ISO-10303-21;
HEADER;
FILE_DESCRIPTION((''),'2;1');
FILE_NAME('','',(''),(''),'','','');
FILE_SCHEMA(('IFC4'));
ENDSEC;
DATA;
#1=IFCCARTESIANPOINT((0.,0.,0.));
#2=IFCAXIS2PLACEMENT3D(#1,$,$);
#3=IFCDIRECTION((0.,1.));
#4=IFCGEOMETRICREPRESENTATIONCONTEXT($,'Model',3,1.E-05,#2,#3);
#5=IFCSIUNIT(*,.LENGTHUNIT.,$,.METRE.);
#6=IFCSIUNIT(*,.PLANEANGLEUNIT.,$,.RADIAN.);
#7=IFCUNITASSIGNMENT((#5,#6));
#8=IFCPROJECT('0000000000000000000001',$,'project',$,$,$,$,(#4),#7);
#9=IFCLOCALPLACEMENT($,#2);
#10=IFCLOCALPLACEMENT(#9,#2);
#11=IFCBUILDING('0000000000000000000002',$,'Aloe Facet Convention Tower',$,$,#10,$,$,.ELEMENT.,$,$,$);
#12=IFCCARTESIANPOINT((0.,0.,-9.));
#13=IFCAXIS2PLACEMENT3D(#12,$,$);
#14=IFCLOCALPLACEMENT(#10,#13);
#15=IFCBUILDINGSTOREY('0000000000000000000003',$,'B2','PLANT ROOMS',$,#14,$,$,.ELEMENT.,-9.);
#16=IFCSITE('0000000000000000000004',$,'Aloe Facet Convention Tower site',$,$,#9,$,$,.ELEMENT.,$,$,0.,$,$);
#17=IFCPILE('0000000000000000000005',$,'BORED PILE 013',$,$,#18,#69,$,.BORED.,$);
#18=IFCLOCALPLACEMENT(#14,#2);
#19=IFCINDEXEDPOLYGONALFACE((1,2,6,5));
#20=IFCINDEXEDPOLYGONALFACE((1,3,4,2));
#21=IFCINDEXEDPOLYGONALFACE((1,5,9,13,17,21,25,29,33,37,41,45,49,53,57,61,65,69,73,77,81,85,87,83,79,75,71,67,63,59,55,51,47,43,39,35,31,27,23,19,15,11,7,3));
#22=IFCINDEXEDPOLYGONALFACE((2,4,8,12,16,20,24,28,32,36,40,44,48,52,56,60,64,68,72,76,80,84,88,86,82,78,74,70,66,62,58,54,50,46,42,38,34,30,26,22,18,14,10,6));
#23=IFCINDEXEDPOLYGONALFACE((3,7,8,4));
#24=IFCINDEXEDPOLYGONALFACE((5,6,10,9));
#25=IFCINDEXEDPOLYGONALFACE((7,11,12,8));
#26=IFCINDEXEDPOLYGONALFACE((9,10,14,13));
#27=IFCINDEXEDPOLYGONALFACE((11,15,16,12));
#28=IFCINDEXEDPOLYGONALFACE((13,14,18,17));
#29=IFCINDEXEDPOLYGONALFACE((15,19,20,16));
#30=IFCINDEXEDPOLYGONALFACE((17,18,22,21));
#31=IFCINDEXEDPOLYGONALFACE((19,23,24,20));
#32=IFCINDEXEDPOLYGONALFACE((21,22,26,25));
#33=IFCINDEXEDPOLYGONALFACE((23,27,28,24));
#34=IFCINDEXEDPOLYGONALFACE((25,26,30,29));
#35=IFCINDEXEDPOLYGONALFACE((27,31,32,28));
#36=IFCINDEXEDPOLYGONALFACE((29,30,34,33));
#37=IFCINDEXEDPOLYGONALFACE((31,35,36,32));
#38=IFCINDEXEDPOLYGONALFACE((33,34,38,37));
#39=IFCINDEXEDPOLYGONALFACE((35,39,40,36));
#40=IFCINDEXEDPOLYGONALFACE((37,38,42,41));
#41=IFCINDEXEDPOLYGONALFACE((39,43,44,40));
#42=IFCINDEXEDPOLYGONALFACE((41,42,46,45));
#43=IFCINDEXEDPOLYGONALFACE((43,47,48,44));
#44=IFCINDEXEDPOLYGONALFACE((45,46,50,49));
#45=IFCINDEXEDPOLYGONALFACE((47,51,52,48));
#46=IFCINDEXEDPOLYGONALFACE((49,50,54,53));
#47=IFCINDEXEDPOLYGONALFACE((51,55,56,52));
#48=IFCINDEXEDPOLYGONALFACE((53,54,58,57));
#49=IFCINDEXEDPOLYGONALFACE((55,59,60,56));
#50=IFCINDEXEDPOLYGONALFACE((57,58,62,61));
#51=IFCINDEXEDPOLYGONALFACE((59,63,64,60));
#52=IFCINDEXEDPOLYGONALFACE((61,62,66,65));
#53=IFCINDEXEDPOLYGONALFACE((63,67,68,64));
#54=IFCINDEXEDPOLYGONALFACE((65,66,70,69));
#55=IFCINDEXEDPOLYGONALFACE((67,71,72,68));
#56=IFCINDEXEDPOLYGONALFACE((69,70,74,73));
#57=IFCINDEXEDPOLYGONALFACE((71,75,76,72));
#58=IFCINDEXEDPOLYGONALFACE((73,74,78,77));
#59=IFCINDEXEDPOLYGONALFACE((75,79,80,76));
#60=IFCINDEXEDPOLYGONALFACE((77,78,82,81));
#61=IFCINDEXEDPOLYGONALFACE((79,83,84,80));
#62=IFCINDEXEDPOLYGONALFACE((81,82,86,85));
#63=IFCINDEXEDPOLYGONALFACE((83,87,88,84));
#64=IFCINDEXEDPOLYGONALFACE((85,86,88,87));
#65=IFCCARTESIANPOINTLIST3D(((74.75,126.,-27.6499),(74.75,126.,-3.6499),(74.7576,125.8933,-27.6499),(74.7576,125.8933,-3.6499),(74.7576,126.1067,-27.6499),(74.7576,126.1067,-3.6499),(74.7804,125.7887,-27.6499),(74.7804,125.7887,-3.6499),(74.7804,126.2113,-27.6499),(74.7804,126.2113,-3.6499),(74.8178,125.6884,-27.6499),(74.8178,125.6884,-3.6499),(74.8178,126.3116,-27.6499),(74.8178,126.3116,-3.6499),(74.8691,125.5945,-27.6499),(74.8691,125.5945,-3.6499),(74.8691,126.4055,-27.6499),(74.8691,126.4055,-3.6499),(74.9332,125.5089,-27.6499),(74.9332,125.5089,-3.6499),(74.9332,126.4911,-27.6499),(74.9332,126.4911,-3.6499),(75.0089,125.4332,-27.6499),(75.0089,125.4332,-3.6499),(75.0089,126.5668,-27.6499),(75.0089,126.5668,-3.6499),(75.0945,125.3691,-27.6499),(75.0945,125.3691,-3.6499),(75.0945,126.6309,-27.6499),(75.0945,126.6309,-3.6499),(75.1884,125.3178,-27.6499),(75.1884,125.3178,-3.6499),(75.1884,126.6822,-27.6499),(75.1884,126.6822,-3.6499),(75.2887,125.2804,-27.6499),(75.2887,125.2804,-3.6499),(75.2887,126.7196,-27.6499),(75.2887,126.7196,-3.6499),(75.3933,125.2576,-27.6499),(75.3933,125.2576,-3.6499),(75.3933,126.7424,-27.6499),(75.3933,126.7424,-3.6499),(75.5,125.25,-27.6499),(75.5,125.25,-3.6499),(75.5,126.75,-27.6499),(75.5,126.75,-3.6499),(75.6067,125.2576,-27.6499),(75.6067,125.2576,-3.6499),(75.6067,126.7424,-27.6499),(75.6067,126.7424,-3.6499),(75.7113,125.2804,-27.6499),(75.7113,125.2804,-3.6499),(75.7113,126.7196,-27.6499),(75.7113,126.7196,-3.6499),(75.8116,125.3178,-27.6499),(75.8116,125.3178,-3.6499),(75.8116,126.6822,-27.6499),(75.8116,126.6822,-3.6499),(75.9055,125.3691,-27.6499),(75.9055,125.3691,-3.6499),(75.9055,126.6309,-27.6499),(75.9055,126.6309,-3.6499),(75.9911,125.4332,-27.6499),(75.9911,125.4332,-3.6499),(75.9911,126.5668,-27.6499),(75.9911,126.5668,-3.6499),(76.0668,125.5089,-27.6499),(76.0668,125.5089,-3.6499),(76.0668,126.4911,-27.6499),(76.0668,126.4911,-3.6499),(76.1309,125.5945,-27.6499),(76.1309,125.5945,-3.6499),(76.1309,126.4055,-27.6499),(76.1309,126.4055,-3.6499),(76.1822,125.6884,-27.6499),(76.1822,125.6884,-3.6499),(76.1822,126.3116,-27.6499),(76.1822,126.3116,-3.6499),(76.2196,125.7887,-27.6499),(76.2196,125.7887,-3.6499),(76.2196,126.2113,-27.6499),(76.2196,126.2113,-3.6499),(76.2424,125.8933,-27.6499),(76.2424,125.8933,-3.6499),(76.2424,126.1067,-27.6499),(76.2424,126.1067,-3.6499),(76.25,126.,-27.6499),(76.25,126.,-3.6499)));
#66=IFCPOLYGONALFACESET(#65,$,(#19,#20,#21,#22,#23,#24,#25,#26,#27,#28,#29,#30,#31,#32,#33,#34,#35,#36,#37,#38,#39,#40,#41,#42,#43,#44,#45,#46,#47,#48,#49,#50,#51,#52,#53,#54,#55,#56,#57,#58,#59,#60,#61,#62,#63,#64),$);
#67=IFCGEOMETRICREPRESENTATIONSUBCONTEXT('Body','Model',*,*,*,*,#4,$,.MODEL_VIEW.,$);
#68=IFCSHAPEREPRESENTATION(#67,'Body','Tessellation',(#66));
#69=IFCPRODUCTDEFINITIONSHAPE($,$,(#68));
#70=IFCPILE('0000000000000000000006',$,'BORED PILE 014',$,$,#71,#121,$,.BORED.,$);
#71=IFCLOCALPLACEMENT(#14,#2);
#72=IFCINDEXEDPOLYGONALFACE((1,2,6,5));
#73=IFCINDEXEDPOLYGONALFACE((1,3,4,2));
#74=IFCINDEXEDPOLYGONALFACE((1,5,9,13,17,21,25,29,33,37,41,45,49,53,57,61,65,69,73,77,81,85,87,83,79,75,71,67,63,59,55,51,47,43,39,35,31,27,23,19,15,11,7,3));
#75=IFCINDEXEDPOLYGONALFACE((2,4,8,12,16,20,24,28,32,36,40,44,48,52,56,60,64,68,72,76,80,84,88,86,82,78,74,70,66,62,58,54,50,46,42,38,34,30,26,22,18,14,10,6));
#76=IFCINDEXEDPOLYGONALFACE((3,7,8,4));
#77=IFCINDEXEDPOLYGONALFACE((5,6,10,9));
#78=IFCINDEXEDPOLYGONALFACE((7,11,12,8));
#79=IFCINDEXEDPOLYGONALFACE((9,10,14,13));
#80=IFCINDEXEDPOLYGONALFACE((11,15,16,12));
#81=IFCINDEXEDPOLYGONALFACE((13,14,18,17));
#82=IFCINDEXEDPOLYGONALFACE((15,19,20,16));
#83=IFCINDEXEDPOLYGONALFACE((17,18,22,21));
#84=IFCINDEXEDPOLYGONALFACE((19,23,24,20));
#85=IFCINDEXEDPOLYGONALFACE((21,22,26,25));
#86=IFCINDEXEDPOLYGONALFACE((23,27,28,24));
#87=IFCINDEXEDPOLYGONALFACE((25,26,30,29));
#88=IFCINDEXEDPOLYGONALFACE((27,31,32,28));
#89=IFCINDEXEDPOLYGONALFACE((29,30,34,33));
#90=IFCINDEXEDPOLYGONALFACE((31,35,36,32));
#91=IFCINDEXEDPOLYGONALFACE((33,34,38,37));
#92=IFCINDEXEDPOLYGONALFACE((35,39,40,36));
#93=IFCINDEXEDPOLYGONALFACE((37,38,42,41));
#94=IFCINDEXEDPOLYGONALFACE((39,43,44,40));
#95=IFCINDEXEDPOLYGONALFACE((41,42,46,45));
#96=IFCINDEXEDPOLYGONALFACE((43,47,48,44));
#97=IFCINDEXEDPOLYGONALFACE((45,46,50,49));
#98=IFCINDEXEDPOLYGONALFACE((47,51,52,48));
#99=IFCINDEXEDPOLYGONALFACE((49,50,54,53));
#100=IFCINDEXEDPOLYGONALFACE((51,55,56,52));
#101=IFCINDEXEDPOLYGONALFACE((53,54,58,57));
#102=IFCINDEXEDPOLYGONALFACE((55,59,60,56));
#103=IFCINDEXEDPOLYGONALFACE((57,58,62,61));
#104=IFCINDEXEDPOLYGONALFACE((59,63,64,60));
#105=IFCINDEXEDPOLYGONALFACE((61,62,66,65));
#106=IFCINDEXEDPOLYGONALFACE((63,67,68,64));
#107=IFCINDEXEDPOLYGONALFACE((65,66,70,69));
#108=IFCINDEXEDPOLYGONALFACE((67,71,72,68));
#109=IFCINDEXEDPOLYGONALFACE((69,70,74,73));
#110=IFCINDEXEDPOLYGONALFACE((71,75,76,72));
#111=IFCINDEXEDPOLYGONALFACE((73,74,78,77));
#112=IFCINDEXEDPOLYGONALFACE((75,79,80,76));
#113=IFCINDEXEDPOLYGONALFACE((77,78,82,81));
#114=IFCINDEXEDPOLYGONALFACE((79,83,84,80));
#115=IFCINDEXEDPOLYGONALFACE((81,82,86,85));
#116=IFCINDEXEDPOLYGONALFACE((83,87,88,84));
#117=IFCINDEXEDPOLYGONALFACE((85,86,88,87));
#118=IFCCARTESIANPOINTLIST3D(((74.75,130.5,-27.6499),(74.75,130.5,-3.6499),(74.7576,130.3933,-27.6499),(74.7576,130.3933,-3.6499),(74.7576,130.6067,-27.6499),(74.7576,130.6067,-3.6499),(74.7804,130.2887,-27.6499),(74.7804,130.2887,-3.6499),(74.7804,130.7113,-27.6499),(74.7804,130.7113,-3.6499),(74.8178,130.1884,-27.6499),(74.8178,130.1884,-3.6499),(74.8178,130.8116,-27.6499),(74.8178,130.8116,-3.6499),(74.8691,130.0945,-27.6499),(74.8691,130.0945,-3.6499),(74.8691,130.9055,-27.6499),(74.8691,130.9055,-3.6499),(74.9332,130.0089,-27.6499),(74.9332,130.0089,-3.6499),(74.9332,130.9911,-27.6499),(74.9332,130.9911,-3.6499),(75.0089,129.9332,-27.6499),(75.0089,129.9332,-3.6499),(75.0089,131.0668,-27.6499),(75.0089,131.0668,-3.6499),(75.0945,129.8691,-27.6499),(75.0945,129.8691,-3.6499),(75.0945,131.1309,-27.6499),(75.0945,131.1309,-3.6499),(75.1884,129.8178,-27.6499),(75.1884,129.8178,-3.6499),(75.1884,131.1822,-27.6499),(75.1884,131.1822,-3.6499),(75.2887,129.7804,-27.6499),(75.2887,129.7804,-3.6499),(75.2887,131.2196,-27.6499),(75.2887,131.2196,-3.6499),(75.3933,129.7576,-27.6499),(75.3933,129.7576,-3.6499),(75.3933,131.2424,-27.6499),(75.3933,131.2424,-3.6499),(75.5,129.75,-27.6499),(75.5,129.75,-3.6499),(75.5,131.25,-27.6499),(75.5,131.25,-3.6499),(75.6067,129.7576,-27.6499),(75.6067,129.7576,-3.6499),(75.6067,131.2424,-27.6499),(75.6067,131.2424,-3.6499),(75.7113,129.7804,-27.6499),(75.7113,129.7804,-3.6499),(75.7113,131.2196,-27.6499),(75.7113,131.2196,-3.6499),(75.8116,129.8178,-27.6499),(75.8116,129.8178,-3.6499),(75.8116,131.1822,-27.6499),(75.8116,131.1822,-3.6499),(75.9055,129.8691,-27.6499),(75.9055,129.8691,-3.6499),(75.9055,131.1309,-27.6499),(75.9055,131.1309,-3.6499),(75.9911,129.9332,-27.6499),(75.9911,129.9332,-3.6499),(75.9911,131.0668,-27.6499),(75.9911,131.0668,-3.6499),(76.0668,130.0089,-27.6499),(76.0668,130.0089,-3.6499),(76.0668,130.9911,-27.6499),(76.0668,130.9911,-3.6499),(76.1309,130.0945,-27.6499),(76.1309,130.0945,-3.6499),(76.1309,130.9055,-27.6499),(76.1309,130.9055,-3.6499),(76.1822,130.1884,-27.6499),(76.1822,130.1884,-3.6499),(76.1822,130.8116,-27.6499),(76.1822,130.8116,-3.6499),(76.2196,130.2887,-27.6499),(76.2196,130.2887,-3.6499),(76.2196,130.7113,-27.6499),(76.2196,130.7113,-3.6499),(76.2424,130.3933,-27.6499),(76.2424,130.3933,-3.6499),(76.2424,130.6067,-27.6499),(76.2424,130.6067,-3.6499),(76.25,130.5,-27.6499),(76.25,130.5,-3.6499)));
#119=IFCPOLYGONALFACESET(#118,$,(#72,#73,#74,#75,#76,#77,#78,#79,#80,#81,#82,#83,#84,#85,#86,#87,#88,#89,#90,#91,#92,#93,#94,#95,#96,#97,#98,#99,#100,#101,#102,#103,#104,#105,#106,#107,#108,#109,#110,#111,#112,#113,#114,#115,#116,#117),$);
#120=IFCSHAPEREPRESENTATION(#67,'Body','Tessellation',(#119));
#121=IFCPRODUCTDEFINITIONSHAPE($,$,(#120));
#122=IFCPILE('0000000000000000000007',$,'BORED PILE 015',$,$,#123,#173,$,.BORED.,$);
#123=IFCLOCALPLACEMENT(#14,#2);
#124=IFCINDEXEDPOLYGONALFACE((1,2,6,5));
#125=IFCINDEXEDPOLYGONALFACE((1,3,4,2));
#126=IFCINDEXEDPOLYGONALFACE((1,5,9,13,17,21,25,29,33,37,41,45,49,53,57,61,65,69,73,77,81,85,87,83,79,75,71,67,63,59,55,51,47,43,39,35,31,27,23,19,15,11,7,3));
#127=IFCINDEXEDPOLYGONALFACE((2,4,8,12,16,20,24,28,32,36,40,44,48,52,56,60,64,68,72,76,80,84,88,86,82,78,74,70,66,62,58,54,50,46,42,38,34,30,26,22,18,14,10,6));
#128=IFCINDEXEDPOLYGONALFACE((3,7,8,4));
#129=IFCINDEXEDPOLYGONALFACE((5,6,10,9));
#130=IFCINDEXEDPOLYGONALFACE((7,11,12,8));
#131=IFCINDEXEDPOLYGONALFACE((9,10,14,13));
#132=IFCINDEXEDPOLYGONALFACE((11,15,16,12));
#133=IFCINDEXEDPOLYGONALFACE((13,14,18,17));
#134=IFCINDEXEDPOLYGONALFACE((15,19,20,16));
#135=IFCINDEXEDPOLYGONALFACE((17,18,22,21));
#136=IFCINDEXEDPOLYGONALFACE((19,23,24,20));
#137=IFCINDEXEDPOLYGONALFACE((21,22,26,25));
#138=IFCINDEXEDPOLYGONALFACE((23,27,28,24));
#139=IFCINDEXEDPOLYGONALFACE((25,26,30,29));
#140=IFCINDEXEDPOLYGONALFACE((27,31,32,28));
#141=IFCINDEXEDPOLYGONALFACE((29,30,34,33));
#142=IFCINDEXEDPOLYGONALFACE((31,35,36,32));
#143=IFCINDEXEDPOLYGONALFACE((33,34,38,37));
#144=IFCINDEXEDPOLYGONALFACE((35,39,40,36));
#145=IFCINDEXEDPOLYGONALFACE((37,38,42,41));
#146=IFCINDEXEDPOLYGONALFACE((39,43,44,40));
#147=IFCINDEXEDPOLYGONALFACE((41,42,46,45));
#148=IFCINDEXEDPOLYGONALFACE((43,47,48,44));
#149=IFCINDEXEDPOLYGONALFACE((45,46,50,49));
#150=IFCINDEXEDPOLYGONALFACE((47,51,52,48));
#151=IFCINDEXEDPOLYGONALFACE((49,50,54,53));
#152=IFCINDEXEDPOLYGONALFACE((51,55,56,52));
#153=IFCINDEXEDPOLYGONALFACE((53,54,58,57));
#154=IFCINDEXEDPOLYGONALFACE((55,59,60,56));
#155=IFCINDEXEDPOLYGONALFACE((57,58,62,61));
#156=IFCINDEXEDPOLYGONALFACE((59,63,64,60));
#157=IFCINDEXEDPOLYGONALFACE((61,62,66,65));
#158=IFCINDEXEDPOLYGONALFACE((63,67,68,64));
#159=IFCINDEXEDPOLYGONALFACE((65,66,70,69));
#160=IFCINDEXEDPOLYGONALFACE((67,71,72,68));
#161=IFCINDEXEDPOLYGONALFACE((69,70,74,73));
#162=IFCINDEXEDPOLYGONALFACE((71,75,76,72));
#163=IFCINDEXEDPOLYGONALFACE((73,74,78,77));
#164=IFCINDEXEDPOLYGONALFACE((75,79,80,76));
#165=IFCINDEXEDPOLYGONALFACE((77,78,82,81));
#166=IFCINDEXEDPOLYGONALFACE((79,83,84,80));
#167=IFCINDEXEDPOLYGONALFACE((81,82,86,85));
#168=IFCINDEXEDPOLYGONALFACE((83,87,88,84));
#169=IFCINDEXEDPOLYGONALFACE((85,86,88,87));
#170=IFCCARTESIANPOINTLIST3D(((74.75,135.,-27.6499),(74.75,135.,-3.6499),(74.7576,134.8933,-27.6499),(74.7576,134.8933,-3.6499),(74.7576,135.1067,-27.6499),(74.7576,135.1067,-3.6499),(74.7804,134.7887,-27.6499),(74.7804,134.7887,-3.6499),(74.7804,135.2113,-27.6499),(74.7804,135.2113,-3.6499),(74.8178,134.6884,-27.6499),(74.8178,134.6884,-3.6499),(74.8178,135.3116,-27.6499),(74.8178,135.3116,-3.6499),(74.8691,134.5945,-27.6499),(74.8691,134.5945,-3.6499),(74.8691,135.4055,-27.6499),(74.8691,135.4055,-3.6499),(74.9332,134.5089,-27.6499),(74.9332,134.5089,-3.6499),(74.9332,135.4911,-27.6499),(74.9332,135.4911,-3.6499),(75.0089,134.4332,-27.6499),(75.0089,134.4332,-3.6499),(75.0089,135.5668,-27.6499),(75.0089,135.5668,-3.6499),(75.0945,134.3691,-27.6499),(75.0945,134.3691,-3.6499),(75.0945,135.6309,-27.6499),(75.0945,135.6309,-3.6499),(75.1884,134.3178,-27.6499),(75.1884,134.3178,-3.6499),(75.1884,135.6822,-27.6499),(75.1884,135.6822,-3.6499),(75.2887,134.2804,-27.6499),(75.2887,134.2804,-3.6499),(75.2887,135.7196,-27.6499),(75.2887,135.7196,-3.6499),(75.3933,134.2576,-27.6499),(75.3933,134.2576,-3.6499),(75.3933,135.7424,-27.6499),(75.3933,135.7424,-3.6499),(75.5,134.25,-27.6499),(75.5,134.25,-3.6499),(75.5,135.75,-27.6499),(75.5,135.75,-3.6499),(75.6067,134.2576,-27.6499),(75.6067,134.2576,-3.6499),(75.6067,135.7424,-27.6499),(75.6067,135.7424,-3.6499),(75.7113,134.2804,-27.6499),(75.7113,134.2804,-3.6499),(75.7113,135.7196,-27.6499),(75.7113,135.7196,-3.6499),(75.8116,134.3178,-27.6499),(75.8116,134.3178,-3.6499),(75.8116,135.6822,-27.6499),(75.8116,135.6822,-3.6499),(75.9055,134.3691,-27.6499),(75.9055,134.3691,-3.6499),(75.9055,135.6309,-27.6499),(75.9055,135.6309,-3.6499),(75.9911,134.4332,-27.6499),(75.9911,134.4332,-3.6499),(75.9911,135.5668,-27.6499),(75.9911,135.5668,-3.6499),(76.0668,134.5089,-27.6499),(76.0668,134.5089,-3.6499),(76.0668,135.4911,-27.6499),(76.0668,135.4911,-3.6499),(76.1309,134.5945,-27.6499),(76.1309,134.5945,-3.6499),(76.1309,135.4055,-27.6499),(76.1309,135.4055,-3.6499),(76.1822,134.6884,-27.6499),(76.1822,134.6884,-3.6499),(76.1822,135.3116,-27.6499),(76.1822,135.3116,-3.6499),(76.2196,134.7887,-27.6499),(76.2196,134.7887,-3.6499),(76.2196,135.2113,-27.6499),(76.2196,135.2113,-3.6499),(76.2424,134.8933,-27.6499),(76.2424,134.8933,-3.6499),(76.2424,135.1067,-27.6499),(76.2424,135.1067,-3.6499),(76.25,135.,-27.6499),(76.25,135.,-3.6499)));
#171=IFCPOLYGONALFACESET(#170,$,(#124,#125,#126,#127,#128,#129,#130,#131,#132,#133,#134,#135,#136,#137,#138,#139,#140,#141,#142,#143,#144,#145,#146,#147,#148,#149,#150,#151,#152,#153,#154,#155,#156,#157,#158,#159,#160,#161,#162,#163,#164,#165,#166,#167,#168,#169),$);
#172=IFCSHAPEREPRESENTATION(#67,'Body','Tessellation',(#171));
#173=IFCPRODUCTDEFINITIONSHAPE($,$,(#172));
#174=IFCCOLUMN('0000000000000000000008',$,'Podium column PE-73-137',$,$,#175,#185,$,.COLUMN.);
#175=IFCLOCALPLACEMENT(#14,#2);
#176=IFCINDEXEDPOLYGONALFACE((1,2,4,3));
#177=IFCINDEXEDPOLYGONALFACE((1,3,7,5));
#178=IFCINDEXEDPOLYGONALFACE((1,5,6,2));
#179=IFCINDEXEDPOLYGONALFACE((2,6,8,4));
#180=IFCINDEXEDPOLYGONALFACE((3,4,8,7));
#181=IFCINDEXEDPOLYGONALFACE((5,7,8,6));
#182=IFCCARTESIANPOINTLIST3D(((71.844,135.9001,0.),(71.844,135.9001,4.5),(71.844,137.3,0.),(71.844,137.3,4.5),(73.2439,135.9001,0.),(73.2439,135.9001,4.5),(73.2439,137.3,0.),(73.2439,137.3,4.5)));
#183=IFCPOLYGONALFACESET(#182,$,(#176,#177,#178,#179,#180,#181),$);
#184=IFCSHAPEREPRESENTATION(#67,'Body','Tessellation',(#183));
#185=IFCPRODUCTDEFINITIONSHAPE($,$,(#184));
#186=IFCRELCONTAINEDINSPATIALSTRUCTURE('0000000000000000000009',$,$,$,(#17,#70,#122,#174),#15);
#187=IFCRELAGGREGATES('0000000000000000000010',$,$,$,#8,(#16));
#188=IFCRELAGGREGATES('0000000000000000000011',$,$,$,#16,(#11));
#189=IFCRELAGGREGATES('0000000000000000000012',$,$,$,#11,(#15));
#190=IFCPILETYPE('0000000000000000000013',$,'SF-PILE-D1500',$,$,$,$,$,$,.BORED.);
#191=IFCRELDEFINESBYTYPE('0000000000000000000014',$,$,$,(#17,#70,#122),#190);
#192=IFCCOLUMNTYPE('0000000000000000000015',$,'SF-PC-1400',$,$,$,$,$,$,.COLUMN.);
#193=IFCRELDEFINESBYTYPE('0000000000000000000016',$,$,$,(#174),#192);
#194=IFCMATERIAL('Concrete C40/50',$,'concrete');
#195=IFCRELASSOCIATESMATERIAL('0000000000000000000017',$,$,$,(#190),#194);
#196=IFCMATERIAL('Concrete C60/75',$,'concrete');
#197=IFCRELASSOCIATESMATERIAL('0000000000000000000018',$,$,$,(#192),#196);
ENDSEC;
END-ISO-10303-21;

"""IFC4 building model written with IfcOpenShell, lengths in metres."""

from ifc_helpers import new_model, si_unit, direction, frame, origin, origin_2d, place, context, subcontext, project, spatial, rectangle, circle, extrude, material, material_profile, profile_set, type_object, element, save


model = new_model("IFC4")

# Units and contexts
model_context = context("Model", 3, precision=1e-05, world=origin(), true_north=direction((0.0, 1.0)))
body_context = subcontext(model_context, "Body", "Model", "MODEL_VIEW")
ifc_project = project(units=[si_unit("LENGTHUNIT", "METRE"), si_unit("PLANEANGLEUNIT", "RADIAN")], contexts=[model_context])

# Site, building, storey
site_placement = place(None, origin())
site = spatial("IfcSite", under=ifc_project, at=site_placement, Name="Aloe Facet Convention Tower site", CompositionType="ELEMENT", RefElevation=0.0)
building_placement = place(site_placement, origin())
building = spatial("IfcBuilding", under=site, at=building_placement, Name="Aloe Facet Convention Tower", CompositionType="ELEMENT")
storey_placement = place(building_placement, frame((0.0, 0.0, -9.0)))
storey = spatial("IfcBuildingStorey", under=building, at=storey_placement, Name="B2", Description="PLANT ROOMS", CompositionType="ELEMENT", Elevation=-9.0)

# Piles
ifc_material_1 = material(Name="Concrete C40/50", Category="concrete")
ifc_material_profile_1 = material_profile(ifc_material_1, circle(Radius=0.75, at=origin_2d()), Name="D1500")
ifc_profile_set_1 = profile_set([ifc_material_profile_1], Name="Concrete C40/50")
pile_type = type_object("IfcPileType", Name="SF-PILE-D1500", PredefinedType="BORED", material=ifc_profile_set_1)
for number, where, z_axis, x_axis, name in (
    (1, (75.5, 126.0, -3.6499), (0.0, 0.0, -1.0), (1.0, 0.0, 0.0), "BORED PILE 013"),
    (2, (75.5, 130.5, -3.6499), (0.0, 0.0, -1.0), (1.0, 0.0, 0.0), "BORED PILE 014"),
    (3, (75.5, 135.0, -3.6499), (0.0, 0.0, -1.0), (1.0, 0.0, 0.0), "BORED PILE 015"),
):
    element("IfcPile", number, at=place(storey_placement, frame(where, z_axis=z_axis, x_axis=x_axis)), inside=storey, type_object=pile_type, Name=name, PredefinedType="BORED", context=body_context, shape_type="SweptSolid", body=[
        extrude(circle(Radius=0.75, at=origin_2d()), origin(), (0.0, 0.0, 1.0), 24.0),
    ])

# Column
ifc_material_2 = material(Name="Concrete C60/75", Category="concrete")
ifc_material_profile_2 = material_profile(ifc_material_2, rectangle(XDim=1.3999, YDim=1.3999, at=origin_2d()), Name="SF-PC-1400")
ifc_profile_set_2 = profile_set([ifc_material_profile_2], Name="Concrete C60/75")
column_type = type_object("IfcColumnType", Name="SF-PC-1400", PredefinedType="COLUMN", material=ifc_profile_set_2)
column_placement = place(storey_placement, frame((72.5439, 136.6001, 0.0), z_axis=(0.0, 0.0, 1.0), x_axis=(1.0, 0.0, 0.0)))
element("IfcColumn", 4, at=column_placement, inside=storey, type_object=column_type, Name="Podium column PE-73-137", PredefinedType="COLUMN", context=body_context, shape_type="SweptSolid", body=[
    extrude(rectangle(XDim=1.3999, YDim=1.3999, at=origin_2d()), origin(), (0.0, 0.0, 1.0), 4.5),
])

save(model, "model.ifc")
